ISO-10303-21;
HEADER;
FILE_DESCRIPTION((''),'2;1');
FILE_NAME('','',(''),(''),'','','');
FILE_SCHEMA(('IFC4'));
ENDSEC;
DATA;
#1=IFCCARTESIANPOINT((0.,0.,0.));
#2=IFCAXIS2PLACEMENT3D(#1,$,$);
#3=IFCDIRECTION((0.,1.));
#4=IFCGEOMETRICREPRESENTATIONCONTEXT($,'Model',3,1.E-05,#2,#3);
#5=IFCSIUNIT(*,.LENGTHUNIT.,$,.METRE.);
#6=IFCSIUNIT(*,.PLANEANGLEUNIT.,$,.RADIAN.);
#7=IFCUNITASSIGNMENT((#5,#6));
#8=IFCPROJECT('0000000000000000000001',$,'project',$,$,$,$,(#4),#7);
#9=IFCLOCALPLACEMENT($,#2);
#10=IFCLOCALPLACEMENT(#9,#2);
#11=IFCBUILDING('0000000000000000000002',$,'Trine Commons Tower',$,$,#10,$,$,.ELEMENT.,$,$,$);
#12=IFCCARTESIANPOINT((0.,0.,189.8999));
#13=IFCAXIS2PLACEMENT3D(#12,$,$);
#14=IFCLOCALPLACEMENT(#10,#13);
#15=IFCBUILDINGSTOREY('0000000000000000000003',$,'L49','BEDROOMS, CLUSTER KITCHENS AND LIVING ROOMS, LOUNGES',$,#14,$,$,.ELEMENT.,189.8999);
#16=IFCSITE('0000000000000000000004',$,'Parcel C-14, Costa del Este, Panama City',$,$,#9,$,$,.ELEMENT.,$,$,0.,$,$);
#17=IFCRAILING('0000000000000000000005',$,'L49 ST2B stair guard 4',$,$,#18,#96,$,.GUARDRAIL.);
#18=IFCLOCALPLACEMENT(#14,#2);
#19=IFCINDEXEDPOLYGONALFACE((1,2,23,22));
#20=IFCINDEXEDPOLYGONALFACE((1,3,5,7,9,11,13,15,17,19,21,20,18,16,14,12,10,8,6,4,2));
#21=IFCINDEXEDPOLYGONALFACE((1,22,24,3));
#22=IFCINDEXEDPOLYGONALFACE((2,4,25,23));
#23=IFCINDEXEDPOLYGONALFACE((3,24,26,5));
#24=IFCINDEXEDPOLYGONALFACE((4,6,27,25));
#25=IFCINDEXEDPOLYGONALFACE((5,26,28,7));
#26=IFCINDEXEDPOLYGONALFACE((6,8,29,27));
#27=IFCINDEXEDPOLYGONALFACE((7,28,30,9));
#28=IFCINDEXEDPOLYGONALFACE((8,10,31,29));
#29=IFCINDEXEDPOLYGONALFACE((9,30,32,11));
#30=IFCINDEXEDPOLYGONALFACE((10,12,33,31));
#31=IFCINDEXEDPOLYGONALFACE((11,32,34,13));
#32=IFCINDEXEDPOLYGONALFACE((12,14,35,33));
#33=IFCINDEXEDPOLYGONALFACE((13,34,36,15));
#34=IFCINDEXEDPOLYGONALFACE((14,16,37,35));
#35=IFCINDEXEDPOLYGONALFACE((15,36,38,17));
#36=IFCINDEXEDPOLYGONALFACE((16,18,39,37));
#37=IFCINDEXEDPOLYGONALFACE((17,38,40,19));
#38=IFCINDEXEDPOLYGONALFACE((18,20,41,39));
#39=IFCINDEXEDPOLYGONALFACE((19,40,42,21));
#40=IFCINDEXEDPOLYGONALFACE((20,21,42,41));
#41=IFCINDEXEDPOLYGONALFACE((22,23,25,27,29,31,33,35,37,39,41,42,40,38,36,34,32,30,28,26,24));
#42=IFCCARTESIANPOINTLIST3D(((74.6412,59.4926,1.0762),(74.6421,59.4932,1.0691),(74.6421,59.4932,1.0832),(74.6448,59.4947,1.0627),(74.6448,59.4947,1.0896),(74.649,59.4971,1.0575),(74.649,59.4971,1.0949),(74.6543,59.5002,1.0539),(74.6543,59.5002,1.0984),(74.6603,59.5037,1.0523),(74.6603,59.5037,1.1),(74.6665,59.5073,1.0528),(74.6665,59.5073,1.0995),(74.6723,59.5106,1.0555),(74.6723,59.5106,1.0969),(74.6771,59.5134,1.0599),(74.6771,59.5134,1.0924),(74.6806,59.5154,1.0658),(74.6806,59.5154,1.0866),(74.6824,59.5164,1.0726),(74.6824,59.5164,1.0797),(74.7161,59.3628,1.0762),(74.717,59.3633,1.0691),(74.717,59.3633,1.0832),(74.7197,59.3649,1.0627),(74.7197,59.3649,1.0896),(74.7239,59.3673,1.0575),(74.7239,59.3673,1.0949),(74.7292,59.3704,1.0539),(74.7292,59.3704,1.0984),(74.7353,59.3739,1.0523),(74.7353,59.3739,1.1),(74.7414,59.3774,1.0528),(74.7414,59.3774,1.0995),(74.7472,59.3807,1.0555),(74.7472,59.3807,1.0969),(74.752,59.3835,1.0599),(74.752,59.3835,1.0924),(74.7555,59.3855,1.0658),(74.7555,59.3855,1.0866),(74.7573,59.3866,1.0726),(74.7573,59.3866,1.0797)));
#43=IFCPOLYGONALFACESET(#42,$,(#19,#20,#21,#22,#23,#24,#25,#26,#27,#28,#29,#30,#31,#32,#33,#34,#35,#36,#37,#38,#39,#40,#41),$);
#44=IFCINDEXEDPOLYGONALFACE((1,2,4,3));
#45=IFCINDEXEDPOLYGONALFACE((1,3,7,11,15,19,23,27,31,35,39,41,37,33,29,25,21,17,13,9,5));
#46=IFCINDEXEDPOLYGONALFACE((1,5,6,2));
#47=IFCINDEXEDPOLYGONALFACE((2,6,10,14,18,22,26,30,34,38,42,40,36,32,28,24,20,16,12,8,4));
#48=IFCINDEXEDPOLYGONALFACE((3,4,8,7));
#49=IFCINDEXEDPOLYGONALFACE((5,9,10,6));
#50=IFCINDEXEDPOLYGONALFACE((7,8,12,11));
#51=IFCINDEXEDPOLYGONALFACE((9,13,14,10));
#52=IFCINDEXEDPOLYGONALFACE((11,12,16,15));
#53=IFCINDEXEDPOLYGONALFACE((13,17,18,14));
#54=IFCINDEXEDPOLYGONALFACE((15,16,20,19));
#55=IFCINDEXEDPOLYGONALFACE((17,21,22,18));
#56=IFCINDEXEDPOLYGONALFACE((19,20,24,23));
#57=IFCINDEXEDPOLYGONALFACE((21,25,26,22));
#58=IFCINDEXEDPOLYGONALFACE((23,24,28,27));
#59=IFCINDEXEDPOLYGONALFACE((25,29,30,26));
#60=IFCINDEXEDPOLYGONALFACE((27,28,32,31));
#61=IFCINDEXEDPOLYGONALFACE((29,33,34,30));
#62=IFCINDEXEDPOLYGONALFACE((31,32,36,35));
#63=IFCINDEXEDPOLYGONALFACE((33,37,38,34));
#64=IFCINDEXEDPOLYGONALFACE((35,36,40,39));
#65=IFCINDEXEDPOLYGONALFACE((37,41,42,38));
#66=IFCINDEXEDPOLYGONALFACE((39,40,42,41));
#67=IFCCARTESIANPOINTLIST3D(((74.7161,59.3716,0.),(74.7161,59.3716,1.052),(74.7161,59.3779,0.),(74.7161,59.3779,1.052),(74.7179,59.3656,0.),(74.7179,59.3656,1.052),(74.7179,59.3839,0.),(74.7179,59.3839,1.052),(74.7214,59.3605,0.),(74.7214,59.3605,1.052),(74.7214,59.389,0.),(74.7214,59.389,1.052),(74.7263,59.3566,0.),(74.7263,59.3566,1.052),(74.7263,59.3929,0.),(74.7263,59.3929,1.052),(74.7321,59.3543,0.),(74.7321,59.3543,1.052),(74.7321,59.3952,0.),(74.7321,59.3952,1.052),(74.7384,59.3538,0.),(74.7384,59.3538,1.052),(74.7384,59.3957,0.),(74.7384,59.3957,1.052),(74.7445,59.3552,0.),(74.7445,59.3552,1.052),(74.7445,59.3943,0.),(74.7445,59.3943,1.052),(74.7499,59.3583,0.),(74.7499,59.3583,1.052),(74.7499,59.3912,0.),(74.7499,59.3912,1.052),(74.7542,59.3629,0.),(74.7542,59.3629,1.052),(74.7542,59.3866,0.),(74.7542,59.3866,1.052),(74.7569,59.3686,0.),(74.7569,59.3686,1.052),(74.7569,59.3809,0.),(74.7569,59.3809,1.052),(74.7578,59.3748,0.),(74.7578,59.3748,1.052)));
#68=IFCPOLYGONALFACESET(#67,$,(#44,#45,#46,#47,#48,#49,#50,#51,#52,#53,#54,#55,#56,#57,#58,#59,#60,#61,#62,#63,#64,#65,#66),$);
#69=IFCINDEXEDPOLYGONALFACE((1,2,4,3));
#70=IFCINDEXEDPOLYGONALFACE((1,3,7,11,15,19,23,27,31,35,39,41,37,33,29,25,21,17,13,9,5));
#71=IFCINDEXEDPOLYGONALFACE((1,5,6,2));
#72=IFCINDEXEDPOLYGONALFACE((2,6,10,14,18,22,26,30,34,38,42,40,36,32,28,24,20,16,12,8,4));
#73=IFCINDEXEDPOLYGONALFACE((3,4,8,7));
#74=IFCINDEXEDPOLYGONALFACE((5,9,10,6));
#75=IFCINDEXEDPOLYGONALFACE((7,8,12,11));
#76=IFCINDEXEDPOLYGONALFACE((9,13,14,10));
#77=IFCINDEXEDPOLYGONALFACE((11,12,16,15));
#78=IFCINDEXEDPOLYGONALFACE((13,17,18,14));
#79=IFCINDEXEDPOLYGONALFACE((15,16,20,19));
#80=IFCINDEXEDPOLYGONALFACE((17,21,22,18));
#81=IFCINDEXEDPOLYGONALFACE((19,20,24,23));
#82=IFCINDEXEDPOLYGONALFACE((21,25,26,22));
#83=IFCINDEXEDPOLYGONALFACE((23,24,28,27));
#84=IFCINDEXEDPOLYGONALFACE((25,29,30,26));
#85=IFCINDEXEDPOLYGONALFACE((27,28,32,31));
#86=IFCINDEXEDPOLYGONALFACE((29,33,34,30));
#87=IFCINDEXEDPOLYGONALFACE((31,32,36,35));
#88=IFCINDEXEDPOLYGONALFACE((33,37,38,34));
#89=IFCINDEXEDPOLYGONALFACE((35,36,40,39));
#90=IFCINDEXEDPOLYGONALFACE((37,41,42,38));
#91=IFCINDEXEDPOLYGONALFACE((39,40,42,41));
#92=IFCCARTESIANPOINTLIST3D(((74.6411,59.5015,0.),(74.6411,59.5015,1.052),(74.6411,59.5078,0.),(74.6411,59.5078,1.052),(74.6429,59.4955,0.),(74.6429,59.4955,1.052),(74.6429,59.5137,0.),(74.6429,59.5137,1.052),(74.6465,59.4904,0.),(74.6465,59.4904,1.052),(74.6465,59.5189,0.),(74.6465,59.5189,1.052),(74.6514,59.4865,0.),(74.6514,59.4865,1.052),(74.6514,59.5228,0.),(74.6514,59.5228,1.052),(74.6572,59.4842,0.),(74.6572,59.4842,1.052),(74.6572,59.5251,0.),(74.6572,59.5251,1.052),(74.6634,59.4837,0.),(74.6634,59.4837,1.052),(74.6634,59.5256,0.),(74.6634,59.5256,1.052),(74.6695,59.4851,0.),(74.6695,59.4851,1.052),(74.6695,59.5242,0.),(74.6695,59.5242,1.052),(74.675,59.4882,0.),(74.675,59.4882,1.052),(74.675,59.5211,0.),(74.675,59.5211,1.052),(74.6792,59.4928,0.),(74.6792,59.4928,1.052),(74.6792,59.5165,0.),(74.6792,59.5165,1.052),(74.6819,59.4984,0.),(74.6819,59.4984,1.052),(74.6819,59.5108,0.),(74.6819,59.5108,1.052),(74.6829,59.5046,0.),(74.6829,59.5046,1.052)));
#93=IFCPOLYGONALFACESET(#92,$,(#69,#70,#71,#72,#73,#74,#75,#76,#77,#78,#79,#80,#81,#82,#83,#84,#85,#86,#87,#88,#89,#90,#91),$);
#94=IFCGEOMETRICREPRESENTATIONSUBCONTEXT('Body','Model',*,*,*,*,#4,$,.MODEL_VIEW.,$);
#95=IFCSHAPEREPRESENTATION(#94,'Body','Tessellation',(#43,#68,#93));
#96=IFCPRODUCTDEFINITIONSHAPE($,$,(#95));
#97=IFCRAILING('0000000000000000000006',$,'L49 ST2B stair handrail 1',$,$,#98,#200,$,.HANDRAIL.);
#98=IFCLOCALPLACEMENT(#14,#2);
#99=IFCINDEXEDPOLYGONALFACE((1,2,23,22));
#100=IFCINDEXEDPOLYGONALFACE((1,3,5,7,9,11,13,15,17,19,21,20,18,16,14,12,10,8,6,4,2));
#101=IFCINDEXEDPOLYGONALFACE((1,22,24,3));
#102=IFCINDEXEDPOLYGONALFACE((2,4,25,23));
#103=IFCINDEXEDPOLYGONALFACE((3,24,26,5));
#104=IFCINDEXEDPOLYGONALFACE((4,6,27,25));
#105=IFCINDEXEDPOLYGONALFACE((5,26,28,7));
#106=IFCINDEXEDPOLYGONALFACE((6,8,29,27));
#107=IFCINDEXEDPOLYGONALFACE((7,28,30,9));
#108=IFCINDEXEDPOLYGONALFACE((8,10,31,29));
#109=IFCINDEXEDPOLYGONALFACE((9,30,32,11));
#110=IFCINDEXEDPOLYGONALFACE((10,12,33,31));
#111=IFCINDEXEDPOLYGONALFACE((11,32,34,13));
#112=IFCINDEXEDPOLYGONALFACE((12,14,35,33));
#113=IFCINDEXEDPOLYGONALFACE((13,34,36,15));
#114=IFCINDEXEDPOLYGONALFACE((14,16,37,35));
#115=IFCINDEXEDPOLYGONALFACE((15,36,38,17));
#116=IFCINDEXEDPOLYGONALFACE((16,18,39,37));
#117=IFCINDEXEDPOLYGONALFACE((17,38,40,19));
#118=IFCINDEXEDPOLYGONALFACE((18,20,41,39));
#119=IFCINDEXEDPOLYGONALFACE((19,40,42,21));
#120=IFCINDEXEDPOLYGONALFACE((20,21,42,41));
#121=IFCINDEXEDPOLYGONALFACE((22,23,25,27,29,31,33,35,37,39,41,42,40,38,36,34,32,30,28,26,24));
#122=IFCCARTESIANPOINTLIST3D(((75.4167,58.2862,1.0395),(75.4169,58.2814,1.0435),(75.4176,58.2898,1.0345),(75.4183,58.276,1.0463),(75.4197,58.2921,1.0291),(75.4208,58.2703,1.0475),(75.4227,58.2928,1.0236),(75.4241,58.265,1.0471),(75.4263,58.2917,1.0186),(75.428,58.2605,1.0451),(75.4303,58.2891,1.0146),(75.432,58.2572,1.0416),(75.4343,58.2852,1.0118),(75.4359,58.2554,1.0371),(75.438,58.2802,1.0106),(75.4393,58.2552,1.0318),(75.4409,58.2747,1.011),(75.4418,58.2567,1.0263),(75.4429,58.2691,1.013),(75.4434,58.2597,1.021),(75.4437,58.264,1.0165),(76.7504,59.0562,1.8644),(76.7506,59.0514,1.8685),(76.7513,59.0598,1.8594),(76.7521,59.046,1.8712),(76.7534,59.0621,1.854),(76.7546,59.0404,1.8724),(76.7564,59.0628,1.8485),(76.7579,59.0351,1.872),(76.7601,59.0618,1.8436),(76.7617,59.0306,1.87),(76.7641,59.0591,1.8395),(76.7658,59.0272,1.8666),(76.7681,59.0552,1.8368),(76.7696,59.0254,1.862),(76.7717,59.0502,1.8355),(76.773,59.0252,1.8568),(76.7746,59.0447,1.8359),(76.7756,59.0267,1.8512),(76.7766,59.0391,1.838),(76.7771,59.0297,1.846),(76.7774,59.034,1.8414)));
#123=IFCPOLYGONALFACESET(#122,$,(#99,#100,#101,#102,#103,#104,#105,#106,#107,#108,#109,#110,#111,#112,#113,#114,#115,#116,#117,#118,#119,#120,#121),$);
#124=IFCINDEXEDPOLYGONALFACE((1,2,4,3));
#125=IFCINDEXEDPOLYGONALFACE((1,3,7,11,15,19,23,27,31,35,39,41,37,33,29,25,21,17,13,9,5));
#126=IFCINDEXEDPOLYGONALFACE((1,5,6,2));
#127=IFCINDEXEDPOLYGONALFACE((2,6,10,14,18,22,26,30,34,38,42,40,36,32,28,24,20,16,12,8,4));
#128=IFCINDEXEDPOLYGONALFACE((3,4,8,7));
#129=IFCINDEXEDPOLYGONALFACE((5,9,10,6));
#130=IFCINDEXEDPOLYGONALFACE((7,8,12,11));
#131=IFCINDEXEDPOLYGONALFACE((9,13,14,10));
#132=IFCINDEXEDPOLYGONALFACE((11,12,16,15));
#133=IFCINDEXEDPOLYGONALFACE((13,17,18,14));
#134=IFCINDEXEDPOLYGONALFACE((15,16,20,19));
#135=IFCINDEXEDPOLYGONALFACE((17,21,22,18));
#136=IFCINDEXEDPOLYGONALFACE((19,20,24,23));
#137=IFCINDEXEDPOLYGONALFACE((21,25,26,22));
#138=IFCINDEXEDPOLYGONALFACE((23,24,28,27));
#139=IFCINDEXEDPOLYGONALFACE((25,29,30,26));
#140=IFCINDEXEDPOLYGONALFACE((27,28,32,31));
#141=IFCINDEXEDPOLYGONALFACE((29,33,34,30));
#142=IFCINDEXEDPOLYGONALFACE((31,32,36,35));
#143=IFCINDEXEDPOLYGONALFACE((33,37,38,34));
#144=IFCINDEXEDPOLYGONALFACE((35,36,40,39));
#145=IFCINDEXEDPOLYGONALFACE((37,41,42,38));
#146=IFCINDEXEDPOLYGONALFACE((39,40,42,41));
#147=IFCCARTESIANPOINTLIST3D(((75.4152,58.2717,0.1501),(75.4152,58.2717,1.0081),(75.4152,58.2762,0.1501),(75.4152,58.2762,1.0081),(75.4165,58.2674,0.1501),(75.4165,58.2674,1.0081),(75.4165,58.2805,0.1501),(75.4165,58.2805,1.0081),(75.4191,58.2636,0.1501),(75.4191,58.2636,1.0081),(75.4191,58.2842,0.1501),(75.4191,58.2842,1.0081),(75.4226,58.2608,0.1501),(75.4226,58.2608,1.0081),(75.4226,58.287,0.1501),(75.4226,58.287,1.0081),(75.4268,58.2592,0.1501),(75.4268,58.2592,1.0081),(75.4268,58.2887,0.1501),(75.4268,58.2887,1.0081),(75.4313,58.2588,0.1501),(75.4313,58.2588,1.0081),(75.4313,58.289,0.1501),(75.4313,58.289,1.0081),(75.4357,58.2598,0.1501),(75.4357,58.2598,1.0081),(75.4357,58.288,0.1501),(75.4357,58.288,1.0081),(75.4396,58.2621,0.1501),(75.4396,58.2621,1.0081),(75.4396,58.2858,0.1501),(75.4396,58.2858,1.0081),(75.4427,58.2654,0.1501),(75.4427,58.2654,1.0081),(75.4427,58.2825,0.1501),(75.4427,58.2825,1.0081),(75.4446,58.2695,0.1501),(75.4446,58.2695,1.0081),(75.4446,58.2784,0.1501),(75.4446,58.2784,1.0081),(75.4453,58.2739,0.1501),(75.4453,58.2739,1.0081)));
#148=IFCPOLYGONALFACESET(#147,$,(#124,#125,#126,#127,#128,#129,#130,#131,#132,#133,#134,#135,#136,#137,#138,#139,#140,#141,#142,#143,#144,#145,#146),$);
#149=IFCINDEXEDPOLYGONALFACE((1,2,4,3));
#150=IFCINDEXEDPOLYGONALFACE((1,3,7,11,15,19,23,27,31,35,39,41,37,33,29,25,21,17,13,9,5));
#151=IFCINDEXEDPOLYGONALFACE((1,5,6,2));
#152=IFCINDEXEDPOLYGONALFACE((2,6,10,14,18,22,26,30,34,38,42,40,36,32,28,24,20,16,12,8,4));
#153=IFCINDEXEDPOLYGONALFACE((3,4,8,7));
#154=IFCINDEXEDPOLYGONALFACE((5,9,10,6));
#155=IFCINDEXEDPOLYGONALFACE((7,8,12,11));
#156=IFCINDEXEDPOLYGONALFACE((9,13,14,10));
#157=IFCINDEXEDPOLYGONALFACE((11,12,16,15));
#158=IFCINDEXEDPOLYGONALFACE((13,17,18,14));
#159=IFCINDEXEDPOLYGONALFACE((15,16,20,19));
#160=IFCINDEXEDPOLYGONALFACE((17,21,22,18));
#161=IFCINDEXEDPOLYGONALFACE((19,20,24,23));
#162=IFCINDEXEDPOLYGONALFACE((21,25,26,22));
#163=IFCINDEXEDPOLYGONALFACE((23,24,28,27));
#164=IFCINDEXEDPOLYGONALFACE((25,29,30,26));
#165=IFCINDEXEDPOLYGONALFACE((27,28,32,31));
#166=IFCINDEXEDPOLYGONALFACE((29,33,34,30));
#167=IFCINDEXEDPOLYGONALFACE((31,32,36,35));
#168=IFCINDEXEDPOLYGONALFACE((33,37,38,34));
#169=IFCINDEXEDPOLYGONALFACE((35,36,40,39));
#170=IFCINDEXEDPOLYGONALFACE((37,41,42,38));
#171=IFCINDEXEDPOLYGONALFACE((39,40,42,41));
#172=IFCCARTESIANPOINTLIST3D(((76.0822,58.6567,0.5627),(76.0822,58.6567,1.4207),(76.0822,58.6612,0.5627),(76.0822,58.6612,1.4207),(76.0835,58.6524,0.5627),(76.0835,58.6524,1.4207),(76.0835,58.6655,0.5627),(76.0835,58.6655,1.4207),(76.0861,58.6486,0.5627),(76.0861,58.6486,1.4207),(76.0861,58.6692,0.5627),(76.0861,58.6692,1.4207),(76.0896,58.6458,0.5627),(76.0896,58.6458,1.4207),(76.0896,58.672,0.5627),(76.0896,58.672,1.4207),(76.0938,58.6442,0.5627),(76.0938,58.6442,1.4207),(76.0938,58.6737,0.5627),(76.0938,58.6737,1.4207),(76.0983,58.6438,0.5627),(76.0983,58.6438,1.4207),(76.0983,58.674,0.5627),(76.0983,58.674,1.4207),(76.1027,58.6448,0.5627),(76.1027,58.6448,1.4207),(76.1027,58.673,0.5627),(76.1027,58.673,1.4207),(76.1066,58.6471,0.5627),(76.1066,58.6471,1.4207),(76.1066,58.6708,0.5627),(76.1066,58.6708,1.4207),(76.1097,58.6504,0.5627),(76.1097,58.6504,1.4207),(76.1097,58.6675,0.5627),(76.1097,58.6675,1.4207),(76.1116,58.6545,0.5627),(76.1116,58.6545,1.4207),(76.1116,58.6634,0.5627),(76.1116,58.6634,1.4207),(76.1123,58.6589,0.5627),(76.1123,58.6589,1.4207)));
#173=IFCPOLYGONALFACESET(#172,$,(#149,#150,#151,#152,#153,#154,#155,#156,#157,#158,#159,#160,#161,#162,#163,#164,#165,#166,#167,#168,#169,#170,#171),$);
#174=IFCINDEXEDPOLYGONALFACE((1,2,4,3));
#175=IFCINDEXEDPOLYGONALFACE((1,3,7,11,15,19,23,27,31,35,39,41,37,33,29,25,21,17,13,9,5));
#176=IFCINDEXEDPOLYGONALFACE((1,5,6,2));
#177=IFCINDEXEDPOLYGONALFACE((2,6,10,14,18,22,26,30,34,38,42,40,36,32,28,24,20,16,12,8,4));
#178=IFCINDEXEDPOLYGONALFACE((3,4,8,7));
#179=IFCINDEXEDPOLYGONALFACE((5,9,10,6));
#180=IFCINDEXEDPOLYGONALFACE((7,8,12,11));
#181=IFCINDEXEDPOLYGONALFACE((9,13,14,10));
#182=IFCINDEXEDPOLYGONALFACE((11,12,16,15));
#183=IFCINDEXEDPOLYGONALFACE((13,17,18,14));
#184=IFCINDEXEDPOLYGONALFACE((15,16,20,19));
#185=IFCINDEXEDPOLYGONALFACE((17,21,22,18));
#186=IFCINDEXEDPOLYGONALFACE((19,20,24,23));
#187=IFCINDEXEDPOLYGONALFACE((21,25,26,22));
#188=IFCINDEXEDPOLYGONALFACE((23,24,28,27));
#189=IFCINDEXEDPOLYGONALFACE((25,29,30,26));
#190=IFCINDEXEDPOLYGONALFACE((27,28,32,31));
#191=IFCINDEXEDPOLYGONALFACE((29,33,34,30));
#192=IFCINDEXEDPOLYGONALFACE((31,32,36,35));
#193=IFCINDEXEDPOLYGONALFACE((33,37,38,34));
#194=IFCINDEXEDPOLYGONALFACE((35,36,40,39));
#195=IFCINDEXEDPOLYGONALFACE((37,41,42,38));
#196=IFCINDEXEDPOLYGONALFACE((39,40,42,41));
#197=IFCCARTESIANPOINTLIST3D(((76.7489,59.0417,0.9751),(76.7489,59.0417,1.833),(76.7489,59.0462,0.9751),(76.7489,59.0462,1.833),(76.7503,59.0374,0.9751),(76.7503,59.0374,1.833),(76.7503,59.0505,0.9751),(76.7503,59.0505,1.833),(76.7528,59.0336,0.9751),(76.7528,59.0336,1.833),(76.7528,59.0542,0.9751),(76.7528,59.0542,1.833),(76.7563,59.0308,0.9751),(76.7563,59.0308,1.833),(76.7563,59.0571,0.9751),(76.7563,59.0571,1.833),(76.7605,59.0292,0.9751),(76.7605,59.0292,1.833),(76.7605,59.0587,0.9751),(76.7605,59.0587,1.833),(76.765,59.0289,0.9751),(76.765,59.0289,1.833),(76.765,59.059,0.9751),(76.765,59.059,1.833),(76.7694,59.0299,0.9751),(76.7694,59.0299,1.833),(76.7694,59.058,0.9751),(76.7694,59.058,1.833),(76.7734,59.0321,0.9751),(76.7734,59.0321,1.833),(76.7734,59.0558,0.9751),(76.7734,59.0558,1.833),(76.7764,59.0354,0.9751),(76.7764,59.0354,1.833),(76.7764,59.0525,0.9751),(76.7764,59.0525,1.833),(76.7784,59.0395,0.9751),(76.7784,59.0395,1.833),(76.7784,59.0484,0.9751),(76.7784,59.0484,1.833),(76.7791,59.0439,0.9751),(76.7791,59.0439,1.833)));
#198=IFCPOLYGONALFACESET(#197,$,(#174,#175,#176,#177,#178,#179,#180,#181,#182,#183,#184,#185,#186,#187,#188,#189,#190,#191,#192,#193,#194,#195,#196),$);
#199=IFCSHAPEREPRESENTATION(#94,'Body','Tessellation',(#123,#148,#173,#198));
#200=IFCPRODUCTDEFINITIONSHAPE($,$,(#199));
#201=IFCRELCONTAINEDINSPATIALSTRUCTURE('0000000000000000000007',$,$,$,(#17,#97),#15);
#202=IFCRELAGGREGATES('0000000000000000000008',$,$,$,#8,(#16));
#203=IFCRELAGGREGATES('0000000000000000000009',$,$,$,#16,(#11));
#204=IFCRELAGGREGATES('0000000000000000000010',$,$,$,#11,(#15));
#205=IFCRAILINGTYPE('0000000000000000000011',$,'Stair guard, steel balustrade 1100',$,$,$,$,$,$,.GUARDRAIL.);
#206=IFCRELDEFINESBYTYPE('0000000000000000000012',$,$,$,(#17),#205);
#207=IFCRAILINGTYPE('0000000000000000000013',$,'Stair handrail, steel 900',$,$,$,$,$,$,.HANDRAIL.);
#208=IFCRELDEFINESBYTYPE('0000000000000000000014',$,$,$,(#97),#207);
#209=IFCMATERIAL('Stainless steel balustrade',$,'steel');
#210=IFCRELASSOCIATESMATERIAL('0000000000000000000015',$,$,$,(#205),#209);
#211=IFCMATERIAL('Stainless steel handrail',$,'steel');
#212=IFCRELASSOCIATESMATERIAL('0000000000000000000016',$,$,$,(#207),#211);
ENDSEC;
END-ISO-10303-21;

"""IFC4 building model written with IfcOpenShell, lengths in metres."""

from ifc_helpers import new_model, si_unit, direction, frame, origin, origin_2d, place, context, subcontext, project, spatial, circle, extrude, material, type_object, element, save


model = new_model("IFC4")

# Units and contexts
model_context = context("Model", 3, precision=1e-05, world=origin(), true_north=direction((0.0, 1.0)))
body_context = subcontext(model_context, "Body", "Model", "MODEL_VIEW")
ifc_project = project(units=[si_unit("LENGTHUNIT", "METRE"), si_unit("PLANEANGLEUNIT", "RADIAN")], contexts=[model_context])

# Site, building, storey
site_placement = place(None, origin())
site = spatial("IfcSite", under=ifc_project, at=site_placement, Name="Parcel C-14, Costa del Este, Panama City", CompositionType="ELEMENT", RefElevation=0.0)
building_placement = place(site_placement, origin())
building = spatial("IfcBuilding", under=site, at=building_placement, Name="Trine Commons Tower", CompositionType="ELEMENT")
storey_placement = place(building_placement, frame((0.0, 0.0, 189.8999)))
storey = spatial("IfcBuildingStorey", under=building, at=storey_placement, Name="L49", Description="BEDROOMS, CLUSTER KITCHENS AND LIVING ROOMS, LOUNGES", CompositionType="ELEMENT", Elevation=189.8999)

# Railings
ifc_material_1 = material(Name="Stainless steel balustrade", Category="steel")
railing_type_1 = type_object("IfcRailingType", Name="Stair guard, steel balustrade 1100", PredefinedType="GUARDRAIL", material=ifc_material_1)
railing_1_placement = place(storey_placement, frame((74.7368, 59.3748, 0.0)))
element("IfcRailing", 1, at=railing_1_placement, inside=storey, type_object=railing_type_1, Name="L49 ST2B stair guard 4", PredefinedType="GUARDRAIL", context=body_context, shape_type="SweptSolid", body=[
    extrude(circle(Radius=0.0239, at=origin_2d()), frame((0.0, 0.0, 1.0762), z_axis=(-0.499816, 0.866131, 0.0), x_axis=(-0.866131, -0.499816, 0.0)), (0.0, 0.0, 1.0), 0.1499),
    extrude(circle(Radius=0.021, at=origin_2d()), origin(), (0.0, 0.0, 1.0), 1.052),
    extrude(circle(Radius=0.021, at=origin_2d()), frame((-0.075, 0.1299, 0.0)), (0.0, 0.0, 1.0), 1.052),
])
ifc_material_2 = material(Name="Stainless steel handrail", Category="steel")
railing_type_2 = type_object("IfcRailingType", Name="Stair handrail, steel 900", PredefinedType="HANDRAIL", material=ifc_material_2)
for number, where, name in (
    (2, (75.4302, 58.2739, 0.1501), "L49 ST2B stair handrail 1"),
):
    element("IfcRailing", number, at=place(storey_placement, frame(where)), inside=storey, type_object=railing_type_2, Name=name, PredefinedType="HANDRAIL", context=body_context, shape_type="SweptSolid", body=[
        extrude(circle(Radius=0.021, at=origin_2d()), frame((0.0, 0.0, 0.8789), z_axis=(0.763405, 0.440743, 0.472185), x_axis=(-0.499992, 0.86603, 0.0)), (0.0, 0.0, 1.0), 1.7471),
        extrude(circle(Radius=0.0151, at=origin_2d()), origin(), (0.0, 0.0, 1.0), 0.8579),
        extrude(circle(Radius=0.0151, at=origin_2d()), frame((0.667, 0.385, 0.4126)), (0.0, 0.0, 1.0), 0.8579),
        extrude(circle(Radius=0.0151, at=origin_2d()), frame((1.3337, 0.77, 0.825)), (0.0, 0.0, 1.0), 0.8579),
    ])

save(model, "model.ifc")
